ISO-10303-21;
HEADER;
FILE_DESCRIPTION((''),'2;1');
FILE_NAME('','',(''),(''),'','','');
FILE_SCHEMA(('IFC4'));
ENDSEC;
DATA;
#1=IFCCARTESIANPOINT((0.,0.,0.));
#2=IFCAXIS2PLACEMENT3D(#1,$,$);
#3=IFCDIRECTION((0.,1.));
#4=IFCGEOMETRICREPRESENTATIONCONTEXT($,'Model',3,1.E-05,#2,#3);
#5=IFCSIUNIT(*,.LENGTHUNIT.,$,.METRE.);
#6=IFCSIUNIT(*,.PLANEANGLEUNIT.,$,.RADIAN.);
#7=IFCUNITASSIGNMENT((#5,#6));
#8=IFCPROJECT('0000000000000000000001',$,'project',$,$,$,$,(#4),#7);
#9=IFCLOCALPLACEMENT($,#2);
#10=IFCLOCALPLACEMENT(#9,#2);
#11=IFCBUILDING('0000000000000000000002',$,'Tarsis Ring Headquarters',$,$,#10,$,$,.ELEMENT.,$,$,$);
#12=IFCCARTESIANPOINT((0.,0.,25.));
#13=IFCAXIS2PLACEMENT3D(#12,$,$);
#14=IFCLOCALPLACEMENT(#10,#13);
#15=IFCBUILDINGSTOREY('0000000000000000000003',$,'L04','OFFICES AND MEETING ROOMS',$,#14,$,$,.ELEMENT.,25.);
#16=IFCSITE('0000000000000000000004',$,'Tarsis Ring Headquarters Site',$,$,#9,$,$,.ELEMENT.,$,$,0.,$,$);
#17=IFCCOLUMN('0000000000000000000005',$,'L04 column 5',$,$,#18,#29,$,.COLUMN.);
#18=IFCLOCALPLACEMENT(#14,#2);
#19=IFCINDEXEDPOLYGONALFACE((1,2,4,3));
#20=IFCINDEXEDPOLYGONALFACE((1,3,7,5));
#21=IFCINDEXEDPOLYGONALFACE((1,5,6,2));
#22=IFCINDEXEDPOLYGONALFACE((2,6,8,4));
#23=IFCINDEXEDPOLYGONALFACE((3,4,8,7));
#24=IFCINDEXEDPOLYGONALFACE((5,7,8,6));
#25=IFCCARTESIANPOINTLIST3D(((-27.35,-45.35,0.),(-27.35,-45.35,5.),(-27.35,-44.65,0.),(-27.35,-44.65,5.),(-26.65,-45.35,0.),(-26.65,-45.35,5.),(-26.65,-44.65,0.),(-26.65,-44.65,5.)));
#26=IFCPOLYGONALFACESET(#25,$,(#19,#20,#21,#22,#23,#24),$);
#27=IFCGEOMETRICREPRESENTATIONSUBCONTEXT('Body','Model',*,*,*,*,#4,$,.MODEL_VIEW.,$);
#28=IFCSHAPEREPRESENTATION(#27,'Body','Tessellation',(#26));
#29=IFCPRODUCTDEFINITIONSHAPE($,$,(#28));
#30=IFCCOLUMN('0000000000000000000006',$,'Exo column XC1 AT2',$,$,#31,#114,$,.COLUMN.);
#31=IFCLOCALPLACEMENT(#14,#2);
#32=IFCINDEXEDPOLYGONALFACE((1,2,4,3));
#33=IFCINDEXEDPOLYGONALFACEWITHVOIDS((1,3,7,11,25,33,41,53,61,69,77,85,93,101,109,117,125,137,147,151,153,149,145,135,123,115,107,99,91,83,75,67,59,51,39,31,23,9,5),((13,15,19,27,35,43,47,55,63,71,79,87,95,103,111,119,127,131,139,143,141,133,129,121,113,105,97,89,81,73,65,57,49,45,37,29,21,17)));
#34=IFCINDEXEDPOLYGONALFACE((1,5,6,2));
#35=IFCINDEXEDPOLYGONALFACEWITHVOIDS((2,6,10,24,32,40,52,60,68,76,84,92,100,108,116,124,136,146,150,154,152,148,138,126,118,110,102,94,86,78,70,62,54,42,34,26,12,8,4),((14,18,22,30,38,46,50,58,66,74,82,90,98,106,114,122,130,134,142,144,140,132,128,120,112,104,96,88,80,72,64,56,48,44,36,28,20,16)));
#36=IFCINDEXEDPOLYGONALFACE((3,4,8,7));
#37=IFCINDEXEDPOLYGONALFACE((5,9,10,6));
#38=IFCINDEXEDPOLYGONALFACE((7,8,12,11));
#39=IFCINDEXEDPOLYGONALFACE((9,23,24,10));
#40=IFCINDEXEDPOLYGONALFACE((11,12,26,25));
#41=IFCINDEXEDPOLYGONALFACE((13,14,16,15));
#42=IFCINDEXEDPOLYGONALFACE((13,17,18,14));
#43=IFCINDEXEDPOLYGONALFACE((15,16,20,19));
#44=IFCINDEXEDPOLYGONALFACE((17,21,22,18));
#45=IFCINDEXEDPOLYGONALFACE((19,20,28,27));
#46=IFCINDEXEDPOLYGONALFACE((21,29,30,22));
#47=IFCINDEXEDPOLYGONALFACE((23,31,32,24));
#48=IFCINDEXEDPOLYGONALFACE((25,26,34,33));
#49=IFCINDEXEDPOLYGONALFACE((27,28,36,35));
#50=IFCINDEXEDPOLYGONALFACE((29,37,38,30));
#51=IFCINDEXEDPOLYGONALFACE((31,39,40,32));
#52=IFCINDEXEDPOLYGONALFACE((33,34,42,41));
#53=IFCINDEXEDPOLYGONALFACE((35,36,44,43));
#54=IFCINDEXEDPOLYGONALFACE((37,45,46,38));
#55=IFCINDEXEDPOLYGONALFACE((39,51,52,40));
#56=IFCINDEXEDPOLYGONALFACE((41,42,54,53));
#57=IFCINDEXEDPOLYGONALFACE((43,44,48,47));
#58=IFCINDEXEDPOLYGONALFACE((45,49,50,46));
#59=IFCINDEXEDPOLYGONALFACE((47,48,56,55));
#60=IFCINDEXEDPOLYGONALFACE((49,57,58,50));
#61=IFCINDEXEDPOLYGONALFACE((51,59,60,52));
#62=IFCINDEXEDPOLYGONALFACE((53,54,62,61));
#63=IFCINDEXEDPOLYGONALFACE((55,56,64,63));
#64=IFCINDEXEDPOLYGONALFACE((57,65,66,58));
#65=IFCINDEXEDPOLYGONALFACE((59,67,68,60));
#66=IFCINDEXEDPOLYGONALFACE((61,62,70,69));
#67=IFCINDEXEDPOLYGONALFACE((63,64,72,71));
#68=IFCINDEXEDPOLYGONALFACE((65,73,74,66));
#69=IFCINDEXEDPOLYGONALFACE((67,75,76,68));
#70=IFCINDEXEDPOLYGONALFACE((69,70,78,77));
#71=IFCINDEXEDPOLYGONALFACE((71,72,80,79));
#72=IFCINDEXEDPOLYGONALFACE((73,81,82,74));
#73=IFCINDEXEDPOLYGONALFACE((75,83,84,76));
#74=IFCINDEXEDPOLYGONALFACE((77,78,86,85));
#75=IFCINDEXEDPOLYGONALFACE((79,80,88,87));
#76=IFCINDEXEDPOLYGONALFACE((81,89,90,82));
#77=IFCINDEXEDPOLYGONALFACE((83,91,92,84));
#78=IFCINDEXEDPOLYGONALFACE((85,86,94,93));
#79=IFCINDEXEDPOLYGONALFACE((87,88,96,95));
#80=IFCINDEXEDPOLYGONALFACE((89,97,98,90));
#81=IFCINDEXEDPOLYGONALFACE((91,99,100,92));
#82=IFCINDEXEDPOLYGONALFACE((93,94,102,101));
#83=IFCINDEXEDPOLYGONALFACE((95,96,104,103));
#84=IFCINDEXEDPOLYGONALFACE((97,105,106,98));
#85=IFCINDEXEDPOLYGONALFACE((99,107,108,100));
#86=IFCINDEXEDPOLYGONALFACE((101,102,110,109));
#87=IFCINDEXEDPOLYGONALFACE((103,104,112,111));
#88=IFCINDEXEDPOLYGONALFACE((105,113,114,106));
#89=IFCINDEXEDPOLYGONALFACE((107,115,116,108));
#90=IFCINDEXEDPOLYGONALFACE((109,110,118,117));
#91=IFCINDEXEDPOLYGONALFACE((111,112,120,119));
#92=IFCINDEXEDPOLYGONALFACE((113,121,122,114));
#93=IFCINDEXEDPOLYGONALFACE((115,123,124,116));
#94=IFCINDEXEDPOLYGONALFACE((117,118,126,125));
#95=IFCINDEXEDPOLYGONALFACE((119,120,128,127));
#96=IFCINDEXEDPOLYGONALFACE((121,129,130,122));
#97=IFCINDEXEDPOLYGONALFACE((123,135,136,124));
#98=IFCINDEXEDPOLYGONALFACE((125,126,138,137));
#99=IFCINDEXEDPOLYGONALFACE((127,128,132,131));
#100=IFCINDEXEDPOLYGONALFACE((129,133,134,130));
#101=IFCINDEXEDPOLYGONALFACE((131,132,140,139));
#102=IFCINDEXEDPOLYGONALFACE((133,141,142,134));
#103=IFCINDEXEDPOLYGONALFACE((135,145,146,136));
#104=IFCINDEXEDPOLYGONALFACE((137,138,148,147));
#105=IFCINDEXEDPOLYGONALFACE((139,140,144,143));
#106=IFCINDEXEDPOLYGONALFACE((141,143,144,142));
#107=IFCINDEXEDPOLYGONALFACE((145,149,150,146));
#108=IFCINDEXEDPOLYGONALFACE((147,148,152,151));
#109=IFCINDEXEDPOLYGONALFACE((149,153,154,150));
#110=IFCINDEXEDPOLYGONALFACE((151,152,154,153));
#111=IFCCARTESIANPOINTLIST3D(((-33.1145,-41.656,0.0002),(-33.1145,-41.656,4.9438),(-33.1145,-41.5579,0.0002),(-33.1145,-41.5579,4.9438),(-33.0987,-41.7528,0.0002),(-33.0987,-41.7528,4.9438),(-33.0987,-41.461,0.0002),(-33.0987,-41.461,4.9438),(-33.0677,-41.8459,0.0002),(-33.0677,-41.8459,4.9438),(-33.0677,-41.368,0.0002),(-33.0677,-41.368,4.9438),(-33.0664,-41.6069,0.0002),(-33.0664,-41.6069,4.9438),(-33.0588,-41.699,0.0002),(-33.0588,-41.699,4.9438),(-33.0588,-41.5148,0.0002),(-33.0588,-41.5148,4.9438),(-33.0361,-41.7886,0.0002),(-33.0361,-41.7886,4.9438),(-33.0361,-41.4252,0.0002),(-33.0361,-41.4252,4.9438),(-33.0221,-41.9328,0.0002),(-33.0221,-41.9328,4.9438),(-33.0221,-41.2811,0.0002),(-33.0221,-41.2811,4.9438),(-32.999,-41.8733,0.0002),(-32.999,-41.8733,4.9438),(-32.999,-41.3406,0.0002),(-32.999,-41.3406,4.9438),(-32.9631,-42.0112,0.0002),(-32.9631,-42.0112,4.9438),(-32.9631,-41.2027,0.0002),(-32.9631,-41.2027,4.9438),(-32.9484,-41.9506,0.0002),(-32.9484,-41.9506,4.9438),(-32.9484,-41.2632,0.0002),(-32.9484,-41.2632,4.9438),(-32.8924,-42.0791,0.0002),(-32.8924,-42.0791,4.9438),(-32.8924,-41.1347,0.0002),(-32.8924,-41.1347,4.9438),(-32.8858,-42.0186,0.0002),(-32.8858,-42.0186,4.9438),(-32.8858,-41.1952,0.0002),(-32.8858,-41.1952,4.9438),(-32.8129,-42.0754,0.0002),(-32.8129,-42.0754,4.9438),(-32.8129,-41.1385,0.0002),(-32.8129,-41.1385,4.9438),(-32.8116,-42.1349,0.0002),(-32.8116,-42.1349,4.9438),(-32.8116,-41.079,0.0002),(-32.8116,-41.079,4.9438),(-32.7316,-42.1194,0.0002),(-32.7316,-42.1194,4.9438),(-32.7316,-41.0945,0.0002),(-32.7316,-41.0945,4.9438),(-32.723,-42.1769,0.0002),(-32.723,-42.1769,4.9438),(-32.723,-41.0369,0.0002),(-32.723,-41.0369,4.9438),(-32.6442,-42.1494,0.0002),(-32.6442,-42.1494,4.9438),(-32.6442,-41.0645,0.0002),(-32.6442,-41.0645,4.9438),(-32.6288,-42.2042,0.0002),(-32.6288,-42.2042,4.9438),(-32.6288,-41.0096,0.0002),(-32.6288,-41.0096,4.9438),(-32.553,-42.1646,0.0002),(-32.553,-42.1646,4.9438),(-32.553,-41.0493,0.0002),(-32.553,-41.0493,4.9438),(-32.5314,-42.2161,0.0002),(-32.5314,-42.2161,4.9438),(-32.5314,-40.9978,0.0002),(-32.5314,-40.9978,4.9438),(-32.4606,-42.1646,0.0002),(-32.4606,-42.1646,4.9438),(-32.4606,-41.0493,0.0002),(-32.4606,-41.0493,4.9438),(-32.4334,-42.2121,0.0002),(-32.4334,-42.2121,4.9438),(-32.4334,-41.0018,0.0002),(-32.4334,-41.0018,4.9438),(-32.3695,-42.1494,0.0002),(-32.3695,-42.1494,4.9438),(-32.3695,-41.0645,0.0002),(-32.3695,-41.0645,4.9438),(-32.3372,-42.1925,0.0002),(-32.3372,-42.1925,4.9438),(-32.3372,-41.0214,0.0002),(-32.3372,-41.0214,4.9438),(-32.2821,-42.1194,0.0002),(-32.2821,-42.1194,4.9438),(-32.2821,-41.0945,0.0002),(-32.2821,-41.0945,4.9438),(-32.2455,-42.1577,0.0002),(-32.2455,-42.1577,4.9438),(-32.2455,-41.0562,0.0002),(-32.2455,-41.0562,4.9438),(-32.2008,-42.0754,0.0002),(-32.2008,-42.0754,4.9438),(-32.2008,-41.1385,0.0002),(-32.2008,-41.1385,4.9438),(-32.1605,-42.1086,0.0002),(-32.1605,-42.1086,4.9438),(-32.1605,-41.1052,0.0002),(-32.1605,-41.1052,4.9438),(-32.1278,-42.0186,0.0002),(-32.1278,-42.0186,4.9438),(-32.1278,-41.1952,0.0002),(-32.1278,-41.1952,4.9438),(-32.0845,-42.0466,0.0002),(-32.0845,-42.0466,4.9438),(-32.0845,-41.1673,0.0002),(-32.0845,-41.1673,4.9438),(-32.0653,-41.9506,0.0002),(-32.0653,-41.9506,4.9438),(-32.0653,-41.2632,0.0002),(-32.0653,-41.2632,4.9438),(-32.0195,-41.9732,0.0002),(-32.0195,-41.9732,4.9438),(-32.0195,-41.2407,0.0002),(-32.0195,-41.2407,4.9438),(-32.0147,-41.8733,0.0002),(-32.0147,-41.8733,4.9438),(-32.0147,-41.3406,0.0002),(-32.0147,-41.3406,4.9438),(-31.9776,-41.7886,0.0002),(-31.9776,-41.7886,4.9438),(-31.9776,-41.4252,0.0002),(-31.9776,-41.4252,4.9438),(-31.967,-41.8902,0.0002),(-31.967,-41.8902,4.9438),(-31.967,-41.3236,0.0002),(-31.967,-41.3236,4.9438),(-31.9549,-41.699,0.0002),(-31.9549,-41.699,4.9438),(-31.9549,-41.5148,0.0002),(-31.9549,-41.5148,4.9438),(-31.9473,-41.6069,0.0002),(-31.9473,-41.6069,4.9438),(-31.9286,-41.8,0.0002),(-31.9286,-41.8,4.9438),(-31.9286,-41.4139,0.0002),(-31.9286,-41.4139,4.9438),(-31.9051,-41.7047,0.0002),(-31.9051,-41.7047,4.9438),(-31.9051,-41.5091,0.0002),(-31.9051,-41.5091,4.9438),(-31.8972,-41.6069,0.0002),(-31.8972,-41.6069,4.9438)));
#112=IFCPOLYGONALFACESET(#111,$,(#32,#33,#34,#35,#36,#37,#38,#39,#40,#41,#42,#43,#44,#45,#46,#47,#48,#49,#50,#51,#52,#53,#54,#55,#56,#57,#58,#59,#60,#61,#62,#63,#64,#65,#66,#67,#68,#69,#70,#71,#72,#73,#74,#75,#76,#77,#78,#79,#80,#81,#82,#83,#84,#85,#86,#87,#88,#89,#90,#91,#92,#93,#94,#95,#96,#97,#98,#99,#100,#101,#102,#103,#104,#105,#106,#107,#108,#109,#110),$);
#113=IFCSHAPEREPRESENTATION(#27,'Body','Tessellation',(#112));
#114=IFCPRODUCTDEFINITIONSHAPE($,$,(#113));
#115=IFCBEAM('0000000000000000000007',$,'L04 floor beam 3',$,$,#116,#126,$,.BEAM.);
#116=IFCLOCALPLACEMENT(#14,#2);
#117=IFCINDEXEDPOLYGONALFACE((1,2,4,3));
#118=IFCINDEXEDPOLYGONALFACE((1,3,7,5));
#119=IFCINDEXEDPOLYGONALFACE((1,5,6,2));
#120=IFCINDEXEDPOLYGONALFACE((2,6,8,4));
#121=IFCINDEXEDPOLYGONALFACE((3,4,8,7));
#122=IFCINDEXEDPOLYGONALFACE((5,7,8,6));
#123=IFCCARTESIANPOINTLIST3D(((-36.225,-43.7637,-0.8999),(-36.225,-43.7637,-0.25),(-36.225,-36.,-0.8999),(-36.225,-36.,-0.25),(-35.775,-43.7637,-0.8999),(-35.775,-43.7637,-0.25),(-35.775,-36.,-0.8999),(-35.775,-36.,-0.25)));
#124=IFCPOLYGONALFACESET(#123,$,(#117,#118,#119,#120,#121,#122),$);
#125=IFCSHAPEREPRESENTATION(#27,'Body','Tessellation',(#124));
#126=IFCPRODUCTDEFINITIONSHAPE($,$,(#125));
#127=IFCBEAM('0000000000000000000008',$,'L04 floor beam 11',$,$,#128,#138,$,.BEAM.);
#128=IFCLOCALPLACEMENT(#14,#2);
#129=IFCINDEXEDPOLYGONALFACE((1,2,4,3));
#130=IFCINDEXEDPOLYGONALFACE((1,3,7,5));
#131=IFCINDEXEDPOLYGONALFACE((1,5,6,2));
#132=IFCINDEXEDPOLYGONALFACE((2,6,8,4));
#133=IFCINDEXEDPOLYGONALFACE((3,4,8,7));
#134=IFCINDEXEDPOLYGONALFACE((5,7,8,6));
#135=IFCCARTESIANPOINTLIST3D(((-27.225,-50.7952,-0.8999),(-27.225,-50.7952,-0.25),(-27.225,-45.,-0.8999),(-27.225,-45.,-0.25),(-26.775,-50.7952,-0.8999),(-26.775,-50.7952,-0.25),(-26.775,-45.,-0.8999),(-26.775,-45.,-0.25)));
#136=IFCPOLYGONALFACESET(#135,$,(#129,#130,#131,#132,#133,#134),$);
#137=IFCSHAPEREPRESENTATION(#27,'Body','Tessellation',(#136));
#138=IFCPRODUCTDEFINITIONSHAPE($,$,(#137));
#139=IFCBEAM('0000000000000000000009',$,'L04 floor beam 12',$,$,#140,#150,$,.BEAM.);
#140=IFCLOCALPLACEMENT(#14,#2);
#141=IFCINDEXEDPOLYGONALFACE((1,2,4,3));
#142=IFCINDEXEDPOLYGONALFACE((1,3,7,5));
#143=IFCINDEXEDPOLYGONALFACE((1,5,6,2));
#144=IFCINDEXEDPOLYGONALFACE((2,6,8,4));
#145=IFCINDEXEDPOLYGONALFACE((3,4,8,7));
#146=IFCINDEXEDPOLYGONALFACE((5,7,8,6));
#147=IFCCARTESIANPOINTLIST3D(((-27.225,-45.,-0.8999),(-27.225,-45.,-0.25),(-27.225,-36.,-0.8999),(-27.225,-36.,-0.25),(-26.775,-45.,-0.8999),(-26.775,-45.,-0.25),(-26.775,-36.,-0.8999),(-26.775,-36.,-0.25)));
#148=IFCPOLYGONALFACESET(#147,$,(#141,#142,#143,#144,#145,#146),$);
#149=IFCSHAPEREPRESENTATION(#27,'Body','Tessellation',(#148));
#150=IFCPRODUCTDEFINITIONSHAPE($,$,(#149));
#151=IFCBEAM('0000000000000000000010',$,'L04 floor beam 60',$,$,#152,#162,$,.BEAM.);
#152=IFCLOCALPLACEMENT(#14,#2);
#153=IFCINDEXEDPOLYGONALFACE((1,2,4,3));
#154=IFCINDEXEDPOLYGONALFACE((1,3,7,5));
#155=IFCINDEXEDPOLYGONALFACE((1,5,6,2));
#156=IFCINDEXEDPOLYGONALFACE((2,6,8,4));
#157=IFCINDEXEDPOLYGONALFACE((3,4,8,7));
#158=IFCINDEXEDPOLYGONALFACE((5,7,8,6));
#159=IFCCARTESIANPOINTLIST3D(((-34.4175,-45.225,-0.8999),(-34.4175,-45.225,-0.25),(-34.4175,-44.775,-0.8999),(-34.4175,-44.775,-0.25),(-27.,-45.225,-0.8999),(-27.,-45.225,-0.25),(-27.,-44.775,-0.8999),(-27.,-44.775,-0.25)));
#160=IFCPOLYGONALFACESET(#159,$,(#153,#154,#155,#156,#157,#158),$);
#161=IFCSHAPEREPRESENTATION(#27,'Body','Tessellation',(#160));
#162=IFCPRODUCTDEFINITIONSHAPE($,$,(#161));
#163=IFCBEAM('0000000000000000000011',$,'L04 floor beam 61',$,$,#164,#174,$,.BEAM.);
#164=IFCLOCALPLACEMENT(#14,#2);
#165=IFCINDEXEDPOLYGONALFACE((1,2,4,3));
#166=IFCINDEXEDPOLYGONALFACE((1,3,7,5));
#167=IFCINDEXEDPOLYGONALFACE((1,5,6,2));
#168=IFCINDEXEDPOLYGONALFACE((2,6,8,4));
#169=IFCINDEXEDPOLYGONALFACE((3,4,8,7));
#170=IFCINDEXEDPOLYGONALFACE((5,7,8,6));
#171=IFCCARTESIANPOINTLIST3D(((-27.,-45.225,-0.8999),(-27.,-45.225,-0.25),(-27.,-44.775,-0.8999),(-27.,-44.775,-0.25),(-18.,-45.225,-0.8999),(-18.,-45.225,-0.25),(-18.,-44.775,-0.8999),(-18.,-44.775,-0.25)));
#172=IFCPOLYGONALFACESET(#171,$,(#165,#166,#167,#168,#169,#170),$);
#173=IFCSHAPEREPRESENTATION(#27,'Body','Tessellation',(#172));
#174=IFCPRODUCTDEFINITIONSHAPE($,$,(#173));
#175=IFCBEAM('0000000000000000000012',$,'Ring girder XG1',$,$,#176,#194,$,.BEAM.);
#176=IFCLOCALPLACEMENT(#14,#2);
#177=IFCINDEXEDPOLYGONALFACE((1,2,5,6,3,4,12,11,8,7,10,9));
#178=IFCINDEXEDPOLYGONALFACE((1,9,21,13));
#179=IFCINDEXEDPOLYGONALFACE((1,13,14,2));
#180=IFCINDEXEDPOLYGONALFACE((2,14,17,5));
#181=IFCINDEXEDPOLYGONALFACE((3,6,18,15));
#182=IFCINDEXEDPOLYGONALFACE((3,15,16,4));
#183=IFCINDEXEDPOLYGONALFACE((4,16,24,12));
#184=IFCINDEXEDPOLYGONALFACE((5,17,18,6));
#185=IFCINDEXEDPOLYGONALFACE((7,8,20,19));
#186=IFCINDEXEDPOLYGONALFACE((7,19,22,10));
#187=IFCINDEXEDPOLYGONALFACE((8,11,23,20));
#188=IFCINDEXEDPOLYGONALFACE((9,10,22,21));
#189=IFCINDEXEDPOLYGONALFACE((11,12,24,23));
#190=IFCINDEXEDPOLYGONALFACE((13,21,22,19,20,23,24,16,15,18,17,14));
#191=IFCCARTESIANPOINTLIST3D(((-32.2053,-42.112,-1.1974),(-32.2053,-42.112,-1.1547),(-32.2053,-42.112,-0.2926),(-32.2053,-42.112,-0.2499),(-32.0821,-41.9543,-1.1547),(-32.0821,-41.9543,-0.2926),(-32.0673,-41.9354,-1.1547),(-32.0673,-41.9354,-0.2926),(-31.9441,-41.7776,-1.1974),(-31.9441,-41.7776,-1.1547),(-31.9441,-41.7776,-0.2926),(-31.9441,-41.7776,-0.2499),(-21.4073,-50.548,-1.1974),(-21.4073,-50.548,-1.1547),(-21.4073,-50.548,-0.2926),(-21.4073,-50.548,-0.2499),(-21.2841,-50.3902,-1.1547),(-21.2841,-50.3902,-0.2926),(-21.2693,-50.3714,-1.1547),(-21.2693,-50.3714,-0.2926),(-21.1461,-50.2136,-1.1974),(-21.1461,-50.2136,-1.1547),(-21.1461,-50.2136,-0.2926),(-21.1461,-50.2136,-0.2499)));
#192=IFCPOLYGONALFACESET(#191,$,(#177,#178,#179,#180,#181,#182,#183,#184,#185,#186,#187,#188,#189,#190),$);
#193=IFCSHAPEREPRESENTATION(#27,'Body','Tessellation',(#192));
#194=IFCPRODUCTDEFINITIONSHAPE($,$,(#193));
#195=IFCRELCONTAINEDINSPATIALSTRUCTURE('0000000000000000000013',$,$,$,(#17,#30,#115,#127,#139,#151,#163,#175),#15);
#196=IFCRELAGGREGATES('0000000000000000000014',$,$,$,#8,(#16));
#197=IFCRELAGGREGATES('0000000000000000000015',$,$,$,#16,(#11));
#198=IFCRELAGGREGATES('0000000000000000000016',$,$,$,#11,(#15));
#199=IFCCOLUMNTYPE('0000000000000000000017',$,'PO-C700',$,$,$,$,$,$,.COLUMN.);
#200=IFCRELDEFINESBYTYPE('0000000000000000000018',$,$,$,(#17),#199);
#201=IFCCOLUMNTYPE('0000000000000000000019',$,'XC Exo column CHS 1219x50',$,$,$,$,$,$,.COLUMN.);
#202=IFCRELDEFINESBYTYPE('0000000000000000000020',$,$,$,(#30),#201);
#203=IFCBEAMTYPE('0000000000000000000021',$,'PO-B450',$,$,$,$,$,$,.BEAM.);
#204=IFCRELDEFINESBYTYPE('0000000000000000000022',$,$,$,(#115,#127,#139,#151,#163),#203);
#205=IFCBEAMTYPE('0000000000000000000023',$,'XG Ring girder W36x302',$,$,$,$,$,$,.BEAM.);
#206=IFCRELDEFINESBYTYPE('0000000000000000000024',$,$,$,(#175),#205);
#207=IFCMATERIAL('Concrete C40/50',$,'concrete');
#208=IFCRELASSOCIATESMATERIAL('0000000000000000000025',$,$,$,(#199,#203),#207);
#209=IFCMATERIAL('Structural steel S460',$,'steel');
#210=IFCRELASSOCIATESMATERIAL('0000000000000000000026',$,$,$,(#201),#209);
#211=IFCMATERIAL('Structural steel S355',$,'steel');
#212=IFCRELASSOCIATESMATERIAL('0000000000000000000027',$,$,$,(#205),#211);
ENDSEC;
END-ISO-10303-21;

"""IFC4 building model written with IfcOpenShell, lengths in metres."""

from ifc_helpers import new_model, si_unit, direction, frame, origin, origin_2d, place, context, subcontext, project, spatial, rectangle, hollow_circle, i_section, extrude, material, material_profile, profile_set, type_object, element, save


model = new_model("IFC4")

# Units and contexts
model_context = context("Model", 3, precision=1e-05, world=origin(), true_north=direction((0.0, 1.0)))
body_context = subcontext(model_context, "Body", "Model", "MODEL_VIEW")
ifc_project = project(units=[si_unit("LENGTHUNIT", "METRE"), si_unit("PLANEANGLEUNIT", "RADIAN")], contexts=[model_context])

# Site, building, storey
site_placement = place(None, origin())
site = spatial("IfcSite", under=ifc_project, at=site_placement, Name="Tarsis Ring Headquarters Site", CompositionType="ELEMENT", RefElevation=0.0)
building_placement = place(site_placement, origin())
building = spatial("IfcBuilding", under=site, at=building_placement, Name="Tarsis Ring Headquarters", CompositionType="ELEMENT")
storey_placement = place(building_placement, frame((0.0, 0.0, 25.0)))
storey = spatial("IfcBuildingStorey", under=building, at=storey_placement, Name="L04", Description="OFFICES AND MEETING ROOMS", CompositionType="ELEMENT", Elevation=25.0)

# Columns
ifc_material_1 = material(Name="Concrete C40/50", Category="concrete")
ifc_material_profile_1 = material_profile(ifc_material_1, rectangle(XDim=0.7, YDim=0.7, at=origin_2d()), Name="PO-C700")
ifc_profile_set_1 = profile_set([ifc_material_profile_1], Name="Concrete C40/50")
column_type_1 = type_object("IfcColumnType", Name="PO-C700", PredefinedType="COLUMN", material=ifc_profile_set_1)
column_1_placement = place(storey_placement, frame((-27.0, -45.0, 0.0), z_axis=(0.0, 0.0, 1.0), x_axis=(1.0, 0.0, 0.0)))
element("IfcColumn", 1, at=column_1_placement, inside=storey, type_object=column_type_1, Name="L04 column 5", PredefinedType="COLUMN", context=body_context, shape_type="SweptSolid", body=[
    extrude(rectangle(XDim=0.7, YDim=0.7, at=origin_2d()), origin(), (0.0, 0.0, 1.0), 5.0),
])
ifc_material_2 = material(Name="Structural steel S460", Category="steel")
ifc_material_profile_2 = material_profile(ifc_material_2, hollow_circle(Radius=0.6096, WallThickness=0.05, at=origin_2d()), Name="CHS 1219x50")
ifc_profile_set_2 = profile_set([ifc_material_profile_2], Name="Structural steel S460")
column_type_2 = type_object("IfcColumnType", Name="XC Exo column CHS 1219x50", PredefinedType="COLUMN", material=ifc_profile_set_2)
column_2_placement = place(storey_placement, frame((-32.5068, -41.6069, 0.0002), z_axis=(0.0, 0.0, 1.0), x_axis=(1.0, 0.0, 0.0)))
element("IfcColumn", 2, at=column_2_placement, inside=storey, type_object=column_type_2, Name="Exo column XC1 AT2", PredefinedType="COLUMN", context=body_context, shape_type="SweptSolid", body=[
    extrude(hollow_circle(Radius=0.6096, WallThickness=0.05, at=origin_2d()), origin(), (0.0, 0.0, 1.0), 4.9436),
])

# Beams
ifc_material_profile_3 = material_profile(ifc_material_1, rectangle(XDim=0.45, YDim=0.6499, at=origin_2d()), Name="PO-B450")
ifc_profile_set_3 = profile_set([ifc_material_profile_3], Name="Concrete C40/50")
beam_type_1 = type_object("IfcBeamType", Name="PO-B450", PredefinedType="BEAM", material=ifc_profile_set_3)
beam_1_placement = place(storey_placement, frame((-36.0, -43.7637, -0.575), z_axis=(0.0, 1.0, 0.0), x_axis=(-1.0, 0.0, 0.0)))
element("IfcBeam", 3, at=beam_1_placement, inside=storey, type_object=beam_type_1, Name="L04 floor beam 3", PredefinedType="BEAM", context=body_context, shape_type="SweptSolid", body=[
    extrude(rectangle(XDim=0.45, YDim=0.6499, at=origin_2d()), origin(), (0.0, 0.0, 1.0), 7.7637),
])
beam_2_placement = place(storey_placement, frame((-27.0, -50.7952, -0.575), z_axis=(0.0, 1.0, 0.0), x_axis=(-1.0, 0.0, 0.0)))
element("IfcBeam", 4, at=beam_2_placement, inside=storey, type_object=beam_type_1, Name="L04 floor beam 11", PredefinedType="BEAM", context=body_context, shape_type="SweptSolid", body=[
    extrude(rectangle(XDim=0.45, YDim=0.6499, at=origin_2d()), origin(), (0.0, 0.0, 1.0), 5.7952),
])
beam_3_placement = place(storey_placement, frame((-27.0, -45.0, -0.575), z_axis=(0.0, 1.0, 0.0), x_axis=(-1.0, 0.0, 0.0)))
element("IfcBeam", 5, at=beam_3_placement, inside=storey, type_object=beam_type_1, Name="L04 floor beam 12", PredefinedType="BEAM", context=body_context, shape_type="SweptSolid", body=[
    extrude(rectangle(XDim=0.45, YDim=0.6499, at=origin_2d()), origin(), (0.0, 0.0, 1.0), 9.0),
])
beam_4_placement = place(storey_placement, frame((-34.4175, -45.0, -0.575), z_axis=(1.0, 0.0, 0.0), x_axis=(0.0, 1.0, 0.0)))
element("IfcBeam", 6, at=beam_4_placement, inside=storey, type_object=beam_type_1, Name="L04 floor beam 60", PredefinedType="BEAM", context=body_context, shape_type="SweptSolid", body=[
    extrude(rectangle(XDim=0.45, YDim=0.6499, at=origin_2d()), origin(), (0.0, 0.0, 1.0), 7.4175),
])
beam_5_placement = place(storey_placement, frame((-27.0, -45.0, -0.575), z_axis=(1.0, 0.0, 0.0), x_axis=(0.0, 1.0, 0.0)))
element("IfcBeam", 7, at=beam_5_placement, inside=storey, type_object=beam_type_1, Name="L04 floor beam 61", PredefinedType="BEAM", context=body_context, shape_type="SweptSolid", body=[
    extrude(rectangle(XDim=0.45, YDim=0.6499, at=origin_2d()), origin(), (0.0, 0.0, 1.0), 9.0),
])
ifc_material_3 = material(Name="Structural steel S355", Category="steel")
ifc_material_profile_4 = material_profile(ifc_material_3, i_section(OverallWidth=0.4243, OverallDepth=0.9475, WebThickness=0.0239, FlangeThickness=0.0427, at=origin_2d()), Name="W36x302")
ifc_profile_set_4 = profile_set([ifc_material_profile_4], Name="Structural steel S355")
beam_type_2 = type_object("IfcBeamType", Name="XG Ring girder W36x302", PredefinedType="BEAM", material=ifc_profile_set_4)
beam_6_placement = place(storey_placement, frame((-32.0747, -41.9448, -0.7236), z_axis=(0.788024, -0.615645, 0.0), x_axis=(0.615645, 0.788024, 0.0)))
element("IfcBeam", 8, at=beam_6_placement, inside=storey, type_object=beam_type_2, Name="Ring girder XG1", PredefinedType="BEAM", context=body_context, shape_type="SweptSolid", body=[
    extrude(i_section(OverallWidth=0.4243, OverallDepth=0.9475, WebThickness=0.0239, FlangeThickness=0.0427, at=origin_2d()), origin(), (0.0, 0.0, 1.0), 13.7026),
])

save(model, "model.ifc")
